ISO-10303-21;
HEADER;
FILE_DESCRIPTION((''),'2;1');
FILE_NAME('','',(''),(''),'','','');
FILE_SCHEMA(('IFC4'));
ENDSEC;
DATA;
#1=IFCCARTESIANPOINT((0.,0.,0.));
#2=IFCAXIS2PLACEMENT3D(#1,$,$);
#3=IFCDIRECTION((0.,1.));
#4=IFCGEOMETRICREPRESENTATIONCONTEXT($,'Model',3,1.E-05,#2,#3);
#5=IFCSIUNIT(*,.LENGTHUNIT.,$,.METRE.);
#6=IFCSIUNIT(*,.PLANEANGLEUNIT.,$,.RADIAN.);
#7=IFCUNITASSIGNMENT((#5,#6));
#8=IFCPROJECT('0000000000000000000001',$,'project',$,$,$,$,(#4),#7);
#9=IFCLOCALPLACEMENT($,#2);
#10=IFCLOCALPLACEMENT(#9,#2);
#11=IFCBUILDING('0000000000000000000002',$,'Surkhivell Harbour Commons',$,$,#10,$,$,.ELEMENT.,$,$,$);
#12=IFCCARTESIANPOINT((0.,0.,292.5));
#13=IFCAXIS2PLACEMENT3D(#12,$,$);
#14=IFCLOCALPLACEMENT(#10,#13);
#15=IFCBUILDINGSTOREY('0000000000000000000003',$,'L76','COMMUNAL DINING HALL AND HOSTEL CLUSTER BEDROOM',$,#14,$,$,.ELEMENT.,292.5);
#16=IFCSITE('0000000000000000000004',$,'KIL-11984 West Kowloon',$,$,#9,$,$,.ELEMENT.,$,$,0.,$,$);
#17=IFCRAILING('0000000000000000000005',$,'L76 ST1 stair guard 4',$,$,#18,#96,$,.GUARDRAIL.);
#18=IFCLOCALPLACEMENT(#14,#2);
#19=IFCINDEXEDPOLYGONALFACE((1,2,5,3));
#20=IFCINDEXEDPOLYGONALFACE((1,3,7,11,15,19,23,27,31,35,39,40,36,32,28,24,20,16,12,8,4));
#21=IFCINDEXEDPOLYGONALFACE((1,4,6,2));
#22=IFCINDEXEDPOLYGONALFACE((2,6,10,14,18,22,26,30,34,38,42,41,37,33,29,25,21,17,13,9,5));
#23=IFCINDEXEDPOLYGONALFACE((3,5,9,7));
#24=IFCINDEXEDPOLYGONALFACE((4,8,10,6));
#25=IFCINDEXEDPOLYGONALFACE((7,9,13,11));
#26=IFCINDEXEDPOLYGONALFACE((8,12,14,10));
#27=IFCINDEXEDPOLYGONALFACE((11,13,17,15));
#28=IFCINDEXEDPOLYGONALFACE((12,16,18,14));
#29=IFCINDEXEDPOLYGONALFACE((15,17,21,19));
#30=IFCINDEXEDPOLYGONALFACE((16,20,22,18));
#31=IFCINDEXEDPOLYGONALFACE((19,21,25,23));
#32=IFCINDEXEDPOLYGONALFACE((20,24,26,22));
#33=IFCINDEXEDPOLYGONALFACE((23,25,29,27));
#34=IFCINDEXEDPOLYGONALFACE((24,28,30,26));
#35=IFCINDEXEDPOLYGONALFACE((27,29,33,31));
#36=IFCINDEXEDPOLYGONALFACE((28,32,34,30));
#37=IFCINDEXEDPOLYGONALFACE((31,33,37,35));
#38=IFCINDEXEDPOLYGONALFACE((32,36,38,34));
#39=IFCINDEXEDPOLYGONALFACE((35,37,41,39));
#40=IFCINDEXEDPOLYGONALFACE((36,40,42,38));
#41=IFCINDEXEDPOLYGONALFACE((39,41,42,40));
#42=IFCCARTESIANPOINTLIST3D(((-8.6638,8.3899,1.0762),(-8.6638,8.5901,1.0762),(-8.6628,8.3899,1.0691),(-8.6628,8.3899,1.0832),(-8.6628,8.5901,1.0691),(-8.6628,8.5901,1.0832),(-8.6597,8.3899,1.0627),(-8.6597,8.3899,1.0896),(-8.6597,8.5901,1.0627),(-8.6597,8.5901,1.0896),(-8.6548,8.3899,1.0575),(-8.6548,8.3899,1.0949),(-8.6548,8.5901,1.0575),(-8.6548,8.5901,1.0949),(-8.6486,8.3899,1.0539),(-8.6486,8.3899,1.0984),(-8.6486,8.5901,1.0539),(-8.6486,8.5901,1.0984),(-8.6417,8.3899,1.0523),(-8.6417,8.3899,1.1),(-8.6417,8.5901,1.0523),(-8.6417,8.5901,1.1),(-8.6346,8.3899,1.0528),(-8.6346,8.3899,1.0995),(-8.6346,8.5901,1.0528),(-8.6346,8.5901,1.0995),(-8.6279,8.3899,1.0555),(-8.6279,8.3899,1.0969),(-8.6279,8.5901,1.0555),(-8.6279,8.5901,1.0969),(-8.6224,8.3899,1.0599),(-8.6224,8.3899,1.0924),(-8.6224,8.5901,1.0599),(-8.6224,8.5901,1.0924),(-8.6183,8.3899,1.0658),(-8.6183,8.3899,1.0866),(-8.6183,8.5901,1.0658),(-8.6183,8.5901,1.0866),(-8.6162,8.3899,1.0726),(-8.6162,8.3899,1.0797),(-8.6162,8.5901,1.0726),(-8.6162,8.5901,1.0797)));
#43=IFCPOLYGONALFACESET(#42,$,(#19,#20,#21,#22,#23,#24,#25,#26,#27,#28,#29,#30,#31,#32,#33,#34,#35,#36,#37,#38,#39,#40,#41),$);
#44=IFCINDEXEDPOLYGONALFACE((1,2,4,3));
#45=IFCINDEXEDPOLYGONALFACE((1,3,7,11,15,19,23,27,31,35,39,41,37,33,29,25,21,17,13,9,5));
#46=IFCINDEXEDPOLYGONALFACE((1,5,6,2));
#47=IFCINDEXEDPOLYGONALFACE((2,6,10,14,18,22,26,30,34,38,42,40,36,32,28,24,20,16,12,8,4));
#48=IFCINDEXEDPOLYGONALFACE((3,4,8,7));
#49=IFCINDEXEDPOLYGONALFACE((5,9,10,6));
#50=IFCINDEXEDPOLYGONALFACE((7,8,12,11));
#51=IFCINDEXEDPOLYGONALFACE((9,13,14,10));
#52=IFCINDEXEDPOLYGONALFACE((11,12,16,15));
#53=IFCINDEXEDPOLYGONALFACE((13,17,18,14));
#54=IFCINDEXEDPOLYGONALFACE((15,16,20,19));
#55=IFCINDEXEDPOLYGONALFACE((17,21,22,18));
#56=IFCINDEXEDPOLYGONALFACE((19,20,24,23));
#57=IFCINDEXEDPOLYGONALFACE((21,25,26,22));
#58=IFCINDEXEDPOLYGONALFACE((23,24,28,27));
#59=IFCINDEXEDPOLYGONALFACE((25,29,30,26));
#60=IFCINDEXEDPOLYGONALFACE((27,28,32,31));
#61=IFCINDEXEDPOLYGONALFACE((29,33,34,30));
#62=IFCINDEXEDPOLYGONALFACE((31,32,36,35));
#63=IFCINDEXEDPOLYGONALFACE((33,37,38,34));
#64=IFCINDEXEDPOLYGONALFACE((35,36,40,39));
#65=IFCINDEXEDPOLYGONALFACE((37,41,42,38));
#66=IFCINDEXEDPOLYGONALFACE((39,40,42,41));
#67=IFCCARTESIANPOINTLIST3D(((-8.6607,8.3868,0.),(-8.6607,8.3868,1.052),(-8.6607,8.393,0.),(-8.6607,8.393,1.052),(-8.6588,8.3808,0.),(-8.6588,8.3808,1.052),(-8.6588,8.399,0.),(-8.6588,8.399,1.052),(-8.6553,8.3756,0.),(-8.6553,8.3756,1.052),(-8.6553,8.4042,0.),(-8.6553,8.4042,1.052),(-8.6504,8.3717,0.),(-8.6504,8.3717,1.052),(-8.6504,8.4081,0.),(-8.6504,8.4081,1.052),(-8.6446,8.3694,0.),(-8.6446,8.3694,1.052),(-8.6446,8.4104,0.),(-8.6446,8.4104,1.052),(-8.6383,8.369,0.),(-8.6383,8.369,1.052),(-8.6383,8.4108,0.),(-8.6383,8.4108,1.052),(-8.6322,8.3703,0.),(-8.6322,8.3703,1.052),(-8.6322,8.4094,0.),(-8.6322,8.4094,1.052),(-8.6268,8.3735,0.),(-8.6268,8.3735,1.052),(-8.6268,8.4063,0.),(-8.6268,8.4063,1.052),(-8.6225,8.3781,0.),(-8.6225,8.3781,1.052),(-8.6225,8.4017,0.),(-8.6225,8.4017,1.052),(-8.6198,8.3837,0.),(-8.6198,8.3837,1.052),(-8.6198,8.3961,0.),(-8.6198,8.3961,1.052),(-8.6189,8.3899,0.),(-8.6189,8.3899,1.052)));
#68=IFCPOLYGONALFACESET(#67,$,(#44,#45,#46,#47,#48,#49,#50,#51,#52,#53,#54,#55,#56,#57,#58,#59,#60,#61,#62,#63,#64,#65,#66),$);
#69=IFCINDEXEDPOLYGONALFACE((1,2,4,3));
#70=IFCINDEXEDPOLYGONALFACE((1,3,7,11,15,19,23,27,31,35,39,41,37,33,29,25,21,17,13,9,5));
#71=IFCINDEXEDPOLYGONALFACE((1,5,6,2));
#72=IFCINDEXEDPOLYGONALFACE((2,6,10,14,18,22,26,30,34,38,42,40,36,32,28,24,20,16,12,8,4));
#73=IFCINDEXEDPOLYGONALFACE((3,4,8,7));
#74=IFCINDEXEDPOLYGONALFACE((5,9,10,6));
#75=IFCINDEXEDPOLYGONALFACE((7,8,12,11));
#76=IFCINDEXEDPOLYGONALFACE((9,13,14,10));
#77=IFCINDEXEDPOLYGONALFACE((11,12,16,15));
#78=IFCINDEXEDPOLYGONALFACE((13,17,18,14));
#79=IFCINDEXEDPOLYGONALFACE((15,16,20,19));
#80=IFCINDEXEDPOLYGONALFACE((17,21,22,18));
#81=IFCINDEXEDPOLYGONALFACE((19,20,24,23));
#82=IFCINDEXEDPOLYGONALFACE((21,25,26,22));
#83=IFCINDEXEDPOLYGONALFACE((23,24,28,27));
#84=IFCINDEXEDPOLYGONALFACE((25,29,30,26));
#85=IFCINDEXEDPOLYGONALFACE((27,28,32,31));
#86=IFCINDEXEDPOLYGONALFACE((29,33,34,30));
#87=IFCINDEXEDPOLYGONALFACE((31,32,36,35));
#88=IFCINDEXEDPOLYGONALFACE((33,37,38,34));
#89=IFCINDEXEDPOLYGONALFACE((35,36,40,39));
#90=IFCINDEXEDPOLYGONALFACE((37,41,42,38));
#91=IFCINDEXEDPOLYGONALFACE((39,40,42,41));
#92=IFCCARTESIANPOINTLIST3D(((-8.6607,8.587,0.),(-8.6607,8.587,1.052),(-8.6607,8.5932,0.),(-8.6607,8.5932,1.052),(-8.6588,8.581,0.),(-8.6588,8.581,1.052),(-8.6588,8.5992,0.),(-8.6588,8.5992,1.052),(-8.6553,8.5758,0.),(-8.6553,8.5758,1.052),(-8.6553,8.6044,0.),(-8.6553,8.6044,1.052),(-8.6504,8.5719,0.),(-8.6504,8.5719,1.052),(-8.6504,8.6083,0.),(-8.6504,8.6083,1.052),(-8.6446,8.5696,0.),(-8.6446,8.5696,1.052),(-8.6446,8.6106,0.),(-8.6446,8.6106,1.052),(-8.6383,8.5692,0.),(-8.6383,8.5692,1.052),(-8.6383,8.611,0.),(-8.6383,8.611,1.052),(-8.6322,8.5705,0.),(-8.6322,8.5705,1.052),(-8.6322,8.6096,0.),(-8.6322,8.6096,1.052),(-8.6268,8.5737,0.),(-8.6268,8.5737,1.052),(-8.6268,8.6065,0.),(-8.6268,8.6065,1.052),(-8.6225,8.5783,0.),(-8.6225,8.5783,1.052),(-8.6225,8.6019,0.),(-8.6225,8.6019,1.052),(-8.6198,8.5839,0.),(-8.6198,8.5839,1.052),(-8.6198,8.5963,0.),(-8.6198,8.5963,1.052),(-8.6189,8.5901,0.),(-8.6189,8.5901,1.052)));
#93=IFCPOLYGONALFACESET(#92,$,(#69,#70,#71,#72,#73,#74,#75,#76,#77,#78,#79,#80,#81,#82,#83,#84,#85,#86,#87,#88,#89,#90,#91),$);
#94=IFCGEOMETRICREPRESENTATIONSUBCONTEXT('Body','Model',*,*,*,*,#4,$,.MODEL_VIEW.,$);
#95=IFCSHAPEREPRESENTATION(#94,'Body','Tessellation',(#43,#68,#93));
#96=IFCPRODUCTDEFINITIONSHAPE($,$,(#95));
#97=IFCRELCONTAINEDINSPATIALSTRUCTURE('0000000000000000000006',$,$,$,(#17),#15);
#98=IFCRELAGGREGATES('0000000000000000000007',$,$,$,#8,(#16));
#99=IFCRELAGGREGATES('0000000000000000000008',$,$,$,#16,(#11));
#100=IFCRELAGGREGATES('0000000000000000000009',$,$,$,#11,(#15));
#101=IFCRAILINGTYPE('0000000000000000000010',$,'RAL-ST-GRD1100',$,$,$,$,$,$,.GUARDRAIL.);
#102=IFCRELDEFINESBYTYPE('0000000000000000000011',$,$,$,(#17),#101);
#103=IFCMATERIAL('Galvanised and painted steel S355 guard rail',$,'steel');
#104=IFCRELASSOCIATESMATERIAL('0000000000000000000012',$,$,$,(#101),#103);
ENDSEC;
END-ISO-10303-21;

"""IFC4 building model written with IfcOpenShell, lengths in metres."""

from ifc_helpers import new_model, si_unit, direction, frame, origin, origin_2d, place, context, subcontext, project, spatial, circle, extrude, material, type_object, element, save


model = new_model("IFC4")

# Units and contexts
model_context = context("Model", 3, precision=1e-05, world=origin(), true_north=direction((0.0, 1.0)))
body_context = subcontext(model_context, "Body", "Model", "MODEL_VIEW")
ifc_project = project(units=[si_unit("LENGTHUNIT", "METRE"), si_unit("PLANEANGLEUNIT", "RADIAN")], contexts=[model_context])

# Site, building, storey
site_placement = place(None, origin())
site = spatial("IfcSite", under=ifc_project, at=site_placement, Name="KIL-11984 West Kowloon", CompositionType="ELEMENT", RefElevation=0.0)
building_placement = place(site_placement, origin())
building = spatial("IfcBuilding", under=site, at=building_placement, Name="Surkhivell Harbour Commons", CompositionType="ELEMENT")
storey_placement = place(building_placement, frame((0.0, 0.0, 292.5)))
storey = spatial("IfcBuildingStorey", under=building, at=storey_placement, Name="L76", Description="COMMUNAL DINING HALL AND HOSTEL CLUSTER BEDROOM", CompositionType="ELEMENT", Elevation=292.5)

# Railing
ifc_material_1 = material(Name="Galvanised and painted steel S355 guard rail", Category="steel")
railing_type_1 = type_object("IfcRailingType", Name="RAL-ST-GRD1100", PredefinedType="GUARDRAIL", material=ifc_material_1)
railing_1_placement = place(storey_placement, frame((-8.6399, 8.3899, 0.0)))
element("IfcRailing", 1, at=railing_1_placement, inside=storey, type_object=railing_type_1, Name="L76 ST1 stair guard 4", PredefinedType="GUARDRAIL", context=body_context, shape_type="SweptSolid", body=[
    extrude(circle(Radius=0.0239, at=origin_2d()), frame((0.0, 0.0, 1.0762), z_axis=(0.0, 1.0, 0.0), x_axis=(-1.0, 0.0, 0.0)), (0.0, 0.0, 1.0), 0.2002),
    extrude(circle(Radius=0.021, at=origin_2d()), origin(), (0.0, 0.0, 1.0), 1.052),
    extrude(circle(Radius=0.021, at=origin_2d()), frame((0.0, 0.2002, 0.0)), (0.0, 0.0, 1.0), 1.052),
])

save(model, "model.ifc")
